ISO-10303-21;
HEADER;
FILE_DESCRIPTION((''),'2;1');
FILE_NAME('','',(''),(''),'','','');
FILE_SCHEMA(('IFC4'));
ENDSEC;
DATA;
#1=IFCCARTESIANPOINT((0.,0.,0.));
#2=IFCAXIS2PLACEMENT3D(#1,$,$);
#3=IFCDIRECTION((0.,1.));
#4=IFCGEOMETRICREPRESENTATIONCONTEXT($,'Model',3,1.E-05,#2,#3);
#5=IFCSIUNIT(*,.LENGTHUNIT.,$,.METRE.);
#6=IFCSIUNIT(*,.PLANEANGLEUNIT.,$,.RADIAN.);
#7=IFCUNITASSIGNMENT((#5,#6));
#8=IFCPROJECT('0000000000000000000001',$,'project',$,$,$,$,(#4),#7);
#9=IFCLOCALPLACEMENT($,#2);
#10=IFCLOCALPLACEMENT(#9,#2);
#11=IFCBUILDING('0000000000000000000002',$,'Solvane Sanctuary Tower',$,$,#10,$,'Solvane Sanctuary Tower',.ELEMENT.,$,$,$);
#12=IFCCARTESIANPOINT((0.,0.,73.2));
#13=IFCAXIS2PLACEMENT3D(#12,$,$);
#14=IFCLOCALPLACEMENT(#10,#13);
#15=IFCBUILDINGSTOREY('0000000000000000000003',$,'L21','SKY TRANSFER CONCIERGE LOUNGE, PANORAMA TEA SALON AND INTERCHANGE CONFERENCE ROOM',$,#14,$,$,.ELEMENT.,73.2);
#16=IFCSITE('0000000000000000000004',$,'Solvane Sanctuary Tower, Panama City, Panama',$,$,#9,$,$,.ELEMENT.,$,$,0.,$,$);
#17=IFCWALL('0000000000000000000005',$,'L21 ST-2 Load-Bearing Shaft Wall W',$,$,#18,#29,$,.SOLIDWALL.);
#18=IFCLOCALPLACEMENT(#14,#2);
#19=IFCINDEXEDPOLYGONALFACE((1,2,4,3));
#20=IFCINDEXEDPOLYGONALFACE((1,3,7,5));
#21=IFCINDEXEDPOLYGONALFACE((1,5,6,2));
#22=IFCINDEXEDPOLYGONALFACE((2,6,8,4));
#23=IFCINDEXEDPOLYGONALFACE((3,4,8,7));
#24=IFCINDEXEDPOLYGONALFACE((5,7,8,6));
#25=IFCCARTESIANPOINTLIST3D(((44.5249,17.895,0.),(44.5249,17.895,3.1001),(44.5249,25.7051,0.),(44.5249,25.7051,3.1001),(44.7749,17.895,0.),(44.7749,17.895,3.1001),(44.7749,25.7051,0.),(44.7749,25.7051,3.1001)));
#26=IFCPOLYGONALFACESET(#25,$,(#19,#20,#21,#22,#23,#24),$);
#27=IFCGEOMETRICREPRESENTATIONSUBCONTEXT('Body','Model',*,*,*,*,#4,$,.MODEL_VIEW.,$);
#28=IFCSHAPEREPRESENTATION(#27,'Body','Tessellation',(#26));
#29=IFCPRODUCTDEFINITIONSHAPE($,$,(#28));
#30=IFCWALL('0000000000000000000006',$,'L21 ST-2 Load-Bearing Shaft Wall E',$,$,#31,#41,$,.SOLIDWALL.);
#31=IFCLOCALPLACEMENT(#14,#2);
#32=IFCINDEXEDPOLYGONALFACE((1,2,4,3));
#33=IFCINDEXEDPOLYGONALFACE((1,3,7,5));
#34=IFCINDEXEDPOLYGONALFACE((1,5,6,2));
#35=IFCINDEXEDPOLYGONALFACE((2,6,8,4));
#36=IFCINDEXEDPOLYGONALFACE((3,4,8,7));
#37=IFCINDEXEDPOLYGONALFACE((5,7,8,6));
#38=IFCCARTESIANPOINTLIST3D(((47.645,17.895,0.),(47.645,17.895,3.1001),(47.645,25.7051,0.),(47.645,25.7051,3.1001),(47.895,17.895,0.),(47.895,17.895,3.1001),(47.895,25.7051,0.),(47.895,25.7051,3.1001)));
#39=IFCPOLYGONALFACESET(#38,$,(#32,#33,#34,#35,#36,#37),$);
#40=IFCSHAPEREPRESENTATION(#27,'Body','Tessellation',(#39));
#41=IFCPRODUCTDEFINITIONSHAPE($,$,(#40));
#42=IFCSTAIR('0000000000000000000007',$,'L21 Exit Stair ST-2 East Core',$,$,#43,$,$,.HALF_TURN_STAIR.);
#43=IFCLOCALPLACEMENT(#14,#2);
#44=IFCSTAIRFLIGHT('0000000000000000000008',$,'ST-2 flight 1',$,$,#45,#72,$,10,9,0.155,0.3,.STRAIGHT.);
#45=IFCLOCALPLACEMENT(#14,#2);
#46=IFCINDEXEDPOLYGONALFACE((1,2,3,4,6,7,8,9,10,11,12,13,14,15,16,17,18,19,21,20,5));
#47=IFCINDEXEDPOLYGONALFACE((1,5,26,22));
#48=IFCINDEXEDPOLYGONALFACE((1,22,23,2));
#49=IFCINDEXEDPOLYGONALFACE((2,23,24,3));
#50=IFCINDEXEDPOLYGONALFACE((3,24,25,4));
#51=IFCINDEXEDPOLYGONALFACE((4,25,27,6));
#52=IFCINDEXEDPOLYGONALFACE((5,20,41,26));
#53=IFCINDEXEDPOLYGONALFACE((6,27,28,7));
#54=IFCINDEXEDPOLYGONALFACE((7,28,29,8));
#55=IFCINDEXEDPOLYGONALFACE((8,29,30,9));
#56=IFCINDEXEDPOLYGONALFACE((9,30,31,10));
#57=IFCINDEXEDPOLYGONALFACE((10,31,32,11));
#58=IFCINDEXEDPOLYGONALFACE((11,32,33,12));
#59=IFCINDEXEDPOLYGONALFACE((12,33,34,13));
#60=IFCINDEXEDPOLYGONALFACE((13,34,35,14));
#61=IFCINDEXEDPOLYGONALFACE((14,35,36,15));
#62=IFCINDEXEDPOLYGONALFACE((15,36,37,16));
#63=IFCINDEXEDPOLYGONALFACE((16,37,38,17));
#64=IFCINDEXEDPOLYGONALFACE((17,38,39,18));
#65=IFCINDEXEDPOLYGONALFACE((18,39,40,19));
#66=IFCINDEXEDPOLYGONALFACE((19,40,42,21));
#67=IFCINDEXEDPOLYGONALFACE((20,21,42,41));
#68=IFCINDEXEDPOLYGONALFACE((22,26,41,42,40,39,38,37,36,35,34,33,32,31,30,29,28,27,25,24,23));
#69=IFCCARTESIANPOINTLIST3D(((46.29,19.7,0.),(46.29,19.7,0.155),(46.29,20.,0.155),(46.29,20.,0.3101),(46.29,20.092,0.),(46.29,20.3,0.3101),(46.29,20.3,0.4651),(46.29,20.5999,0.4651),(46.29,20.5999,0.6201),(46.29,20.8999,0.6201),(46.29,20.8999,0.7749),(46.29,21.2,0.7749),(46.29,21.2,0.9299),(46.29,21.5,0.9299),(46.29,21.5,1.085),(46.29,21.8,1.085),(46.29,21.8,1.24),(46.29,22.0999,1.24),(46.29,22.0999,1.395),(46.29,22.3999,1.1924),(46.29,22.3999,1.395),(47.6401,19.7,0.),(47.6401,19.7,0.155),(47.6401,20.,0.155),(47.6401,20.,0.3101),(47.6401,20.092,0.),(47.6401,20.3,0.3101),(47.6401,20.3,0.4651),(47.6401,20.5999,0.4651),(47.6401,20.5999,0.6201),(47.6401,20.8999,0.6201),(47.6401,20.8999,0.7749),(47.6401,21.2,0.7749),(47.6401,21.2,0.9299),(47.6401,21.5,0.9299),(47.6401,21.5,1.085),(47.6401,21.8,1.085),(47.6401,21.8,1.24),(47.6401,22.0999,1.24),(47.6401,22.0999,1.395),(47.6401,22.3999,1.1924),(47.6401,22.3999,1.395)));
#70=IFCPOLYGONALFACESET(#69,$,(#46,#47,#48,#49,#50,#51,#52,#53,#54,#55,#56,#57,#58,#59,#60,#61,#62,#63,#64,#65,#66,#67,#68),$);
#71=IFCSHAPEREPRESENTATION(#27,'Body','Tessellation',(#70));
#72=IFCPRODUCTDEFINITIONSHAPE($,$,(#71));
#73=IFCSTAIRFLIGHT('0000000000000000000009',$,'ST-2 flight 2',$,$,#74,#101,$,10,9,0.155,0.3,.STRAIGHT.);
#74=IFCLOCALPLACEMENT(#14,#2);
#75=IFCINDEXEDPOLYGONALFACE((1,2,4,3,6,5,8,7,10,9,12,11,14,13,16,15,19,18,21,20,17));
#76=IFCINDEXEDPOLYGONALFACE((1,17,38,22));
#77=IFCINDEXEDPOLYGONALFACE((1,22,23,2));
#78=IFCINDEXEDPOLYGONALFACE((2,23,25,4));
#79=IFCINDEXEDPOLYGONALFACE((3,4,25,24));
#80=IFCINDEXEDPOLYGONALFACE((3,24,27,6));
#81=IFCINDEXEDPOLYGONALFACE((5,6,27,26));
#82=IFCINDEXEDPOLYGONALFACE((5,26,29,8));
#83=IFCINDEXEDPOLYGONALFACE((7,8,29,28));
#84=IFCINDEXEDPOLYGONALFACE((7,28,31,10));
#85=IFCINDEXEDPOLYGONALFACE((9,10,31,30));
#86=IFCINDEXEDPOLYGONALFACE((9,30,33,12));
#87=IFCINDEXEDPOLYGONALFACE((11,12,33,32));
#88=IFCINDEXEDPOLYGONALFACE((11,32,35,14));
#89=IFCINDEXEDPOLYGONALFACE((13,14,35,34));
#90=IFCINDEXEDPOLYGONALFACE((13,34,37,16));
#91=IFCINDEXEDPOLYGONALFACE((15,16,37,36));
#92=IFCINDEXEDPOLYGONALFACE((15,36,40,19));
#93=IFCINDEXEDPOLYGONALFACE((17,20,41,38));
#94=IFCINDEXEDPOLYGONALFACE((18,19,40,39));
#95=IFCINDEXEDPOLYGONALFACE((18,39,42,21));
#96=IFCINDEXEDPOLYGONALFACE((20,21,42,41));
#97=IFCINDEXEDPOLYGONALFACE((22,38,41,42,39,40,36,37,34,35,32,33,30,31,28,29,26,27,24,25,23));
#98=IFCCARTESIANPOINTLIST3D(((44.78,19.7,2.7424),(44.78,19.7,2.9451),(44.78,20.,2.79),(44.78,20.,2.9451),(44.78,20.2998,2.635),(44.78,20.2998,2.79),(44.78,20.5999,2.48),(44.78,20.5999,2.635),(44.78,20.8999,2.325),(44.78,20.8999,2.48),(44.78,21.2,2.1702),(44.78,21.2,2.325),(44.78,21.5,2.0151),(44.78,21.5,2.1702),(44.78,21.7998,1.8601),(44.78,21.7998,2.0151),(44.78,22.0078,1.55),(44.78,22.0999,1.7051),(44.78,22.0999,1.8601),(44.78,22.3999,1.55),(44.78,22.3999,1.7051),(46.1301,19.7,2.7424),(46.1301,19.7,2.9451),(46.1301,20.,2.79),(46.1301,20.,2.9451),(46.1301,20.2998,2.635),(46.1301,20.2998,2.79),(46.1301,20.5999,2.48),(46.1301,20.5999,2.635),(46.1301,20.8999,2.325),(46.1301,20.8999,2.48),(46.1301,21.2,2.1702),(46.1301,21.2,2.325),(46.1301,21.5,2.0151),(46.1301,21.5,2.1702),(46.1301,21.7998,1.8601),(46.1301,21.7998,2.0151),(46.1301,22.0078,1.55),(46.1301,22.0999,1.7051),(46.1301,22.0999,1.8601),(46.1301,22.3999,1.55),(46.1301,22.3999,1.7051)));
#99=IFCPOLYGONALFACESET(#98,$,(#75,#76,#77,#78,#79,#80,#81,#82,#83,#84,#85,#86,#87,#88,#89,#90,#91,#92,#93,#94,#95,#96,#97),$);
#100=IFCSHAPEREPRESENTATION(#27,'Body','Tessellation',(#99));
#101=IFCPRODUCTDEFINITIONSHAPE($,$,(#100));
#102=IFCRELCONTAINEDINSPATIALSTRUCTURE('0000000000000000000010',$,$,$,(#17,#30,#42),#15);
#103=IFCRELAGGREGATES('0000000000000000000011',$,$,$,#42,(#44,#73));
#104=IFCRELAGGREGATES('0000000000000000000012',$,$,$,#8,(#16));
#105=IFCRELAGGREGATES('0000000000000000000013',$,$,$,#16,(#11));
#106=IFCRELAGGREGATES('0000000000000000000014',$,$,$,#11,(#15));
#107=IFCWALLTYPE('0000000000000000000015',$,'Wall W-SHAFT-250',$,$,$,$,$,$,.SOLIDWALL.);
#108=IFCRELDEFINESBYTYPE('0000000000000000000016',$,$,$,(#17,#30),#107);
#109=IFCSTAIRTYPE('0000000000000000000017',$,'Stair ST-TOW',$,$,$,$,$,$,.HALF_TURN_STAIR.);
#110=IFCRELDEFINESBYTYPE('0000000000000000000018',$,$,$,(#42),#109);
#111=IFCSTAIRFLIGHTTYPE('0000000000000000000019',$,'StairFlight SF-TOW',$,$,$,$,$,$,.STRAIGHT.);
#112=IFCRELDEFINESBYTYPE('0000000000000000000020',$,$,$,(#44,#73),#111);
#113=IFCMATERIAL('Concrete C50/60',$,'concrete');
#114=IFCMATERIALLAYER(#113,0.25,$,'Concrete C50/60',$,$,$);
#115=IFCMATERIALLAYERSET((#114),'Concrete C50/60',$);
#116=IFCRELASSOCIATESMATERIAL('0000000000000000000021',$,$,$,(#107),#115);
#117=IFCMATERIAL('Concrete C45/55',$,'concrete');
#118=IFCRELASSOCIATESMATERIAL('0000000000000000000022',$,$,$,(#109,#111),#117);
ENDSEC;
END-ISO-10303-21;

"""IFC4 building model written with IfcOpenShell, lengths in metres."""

from ifc_helpers import new_model, si_unit, direction, frame, frame_2d, origin, place, context, subcontext, project, spatial, polyline, rectangle, outline, extrude, material, layer, layer_set, type_object, element, aggregate, save


model = new_model("IFC4")

# Units and contexts
model_context = context("Model", 3, precision=1e-05, world=origin(), true_north=direction((0.0, 1.0)))
body_context = subcontext(model_context, "Body", "Model", "MODEL_VIEW")
ifc_project = project(units=[si_unit("LENGTHUNIT", "METRE"), si_unit("PLANEANGLEUNIT", "RADIAN")], contexts=[model_context])

# Site, building, storey
site_placement = place(None, origin())
site = spatial("IfcSite", under=ifc_project, at=site_placement, Name="Solvane Sanctuary Tower, Panama City, Panama", CompositionType="ELEMENT", RefElevation=0.0)
building_placement = place(site_placement, origin())
building = spatial("IfcBuilding", under=site, at=building_placement, Name="Solvane Sanctuary Tower", LongName="Solvane Sanctuary Tower", CompositionType="ELEMENT")
storey_placement = place(building_placement, frame((0.0, 0.0, 73.2)))
storey = spatial("IfcBuildingStorey", under=building, at=storey_placement, Name="L21", Description="SKY TRANSFER CONCIERGE LOUNGE, PANORAMA TEA SALON AND INTERCHANGE CONFERENCE ROOM", CompositionType="ELEMENT", Elevation=73.2)

# Shared definitions
ifc_material_1 = material(Name="Concrete C50/60", Category="concrete")

# Shared definitions
ifc_layer_1 = layer(ifc_material_1, 0.25, Name="Concrete C50/60")
ifc_layer_set_1 = layer_set([ifc_layer_1], Name="Concrete C50/60")
wall_type_1 = type_object("IfcWallType", Name="Wall W-SHAFT-250", PredefinedType="SOLIDWALL", material=ifc_layer_set_1)

# Walls
for number, where, z_axis, x_axis, name in (
    (1, (44.6499, 17.895, 0.0), (0.0, 0.0, 1.0), (0.0, 1.0, 0.0), "L21 ST-2 Load-Bearing Shaft Wall W"),
    (2, (47.77, 17.895, 0.0), (0.0, 0.0, 1.0), (0.0, 1.0, 0.0), "L21 ST-2 Load-Bearing Shaft Wall E"),
):
    element("IfcWall", number, at=place(storey_placement, frame(where, z_axis=z_axis, x_axis=x_axis)), inside=storey, type_object=wall_type_1, Name=name, PredefinedType="SOLIDWALL", context=body_context, shape_type="SweptSolid", body=[
        extrude(rectangle(XDim=7.8101, YDim=0.25, at=frame_2d((3.905, 0.0))), origin(), (0.0, 0.0, 1.0), 3.1001),
    ])

# Stair, stair flights
ifc_material_2 = material(Name="Concrete C45/55", Category="concrete")
stair_type = type_object("IfcStairType", Name="Stair ST-TOW", PredefinedType="HALF_TURN_STAIR", material=ifc_material_2)
stair_placement = place(storey_placement, origin())
stair = element("IfcStair", 3, at=stair_placement, inside=storey, type_object=stair_type, Name="L21 Exit Stair ST-2 East Core", PredefinedType="HALF_TURN_STAIR")
stair_flight_type = type_object("IfcStairFlightType", Name="StairFlight SF-TOW", PredefinedType="STRAIGHT", material=ifc_material_2)
stair_flight_1_placement = place(storey_placement, frame((46.9651, 19.7, 0.0), z_axis=(0.0, 0.0, 1.0), x_axis=(0.0, 1.0, 0.0)))
stair_flight_1 = element("IfcStairFlight", 4, at=stair_flight_1_placement, type_object=stair_flight_type, Name="ST-2 flight 1", NumberOfRisers=10, NumberOfTreads=9, PredefinedType="STRAIGHT", RiserHeight=0.155, TreadLength=0.3, context=body_context, shape_type="SweptSolid", body=[
    extrude(outline(polyline([(0.0, 0.0), (0.0, 0.155), (0.3, 0.155), (0.3, 0.3101), (0.6001, 0.3101), (0.6001, 0.4651), (0.8999, 0.4651), (0.8999, 0.6201), (1.2, 0.6201), (1.2, 0.7749), (1.5, 0.7749), (1.5, 0.9299), (1.8, 0.9299), (1.8, 1.085), (2.1001, 1.085), (2.1001, 1.24), (2.3999, 1.24), (2.3999, 1.395), (2.7, 1.395), (2.7, 1.55), (2.7, 1.1924), (0.3921, 0.0), (0.0, 0.0)])), frame((0.0, 0.675, 0.0), z_axis=(0.0, -1.0, 0.0), x_axis=(1.0, 0.0, 0.0)), (0.0, 0.0, 1.0), 1.3501),
])
stair_flight_2_placement = place(storey_placement, frame((45.4551, 22.3999, 1.55), z_axis=(0.0, 0.0, 1.0), x_axis=(0.0, -1.0, 0.0)))
stair_flight_2 = element("IfcStairFlight", 5, at=stair_flight_2_placement, type_object=stair_flight_type, Name="ST-2 flight 2", NumberOfRisers=10, NumberOfTreads=9, PredefinedType="STRAIGHT", RiserHeight=0.155, TreadLength=0.3, context=body_context, shape_type="SweptSolid", body=[
    extrude(outline(polyline([(0.0, 0.0), (0.0, 0.155), (0.3, 0.155), (0.3, 0.3101), (0.6001, 0.3101), (0.6001, 0.4651), (0.8999, 0.4651), (0.8999, 0.6201), (1.2, 0.6201), (1.2, 0.7749), (1.5, 0.7749), (1.5, 0.9299), (1.8, 0.9299), (1.8, 1.085), (2.1001, 1.085), (2.1001, 1.24), (2.3999, 1.24), (2.3999, 1.395), (2.7, 1.395), (2.7, 1.55), (2.7, 1.1924), (0.3921, 0.0), (0.0, 0.0)])), frame((0.0, 0.675, 0.0), z_axis=(0.0, -1.0, 0.0), x_axis=(1.0, 0.0, 0.0)), (0.0, 0.0, 1.0), 1.3501),
])
aggregate(stair, [stair_flight_1, stair_flight_2])

save(model, "model.ifc")
